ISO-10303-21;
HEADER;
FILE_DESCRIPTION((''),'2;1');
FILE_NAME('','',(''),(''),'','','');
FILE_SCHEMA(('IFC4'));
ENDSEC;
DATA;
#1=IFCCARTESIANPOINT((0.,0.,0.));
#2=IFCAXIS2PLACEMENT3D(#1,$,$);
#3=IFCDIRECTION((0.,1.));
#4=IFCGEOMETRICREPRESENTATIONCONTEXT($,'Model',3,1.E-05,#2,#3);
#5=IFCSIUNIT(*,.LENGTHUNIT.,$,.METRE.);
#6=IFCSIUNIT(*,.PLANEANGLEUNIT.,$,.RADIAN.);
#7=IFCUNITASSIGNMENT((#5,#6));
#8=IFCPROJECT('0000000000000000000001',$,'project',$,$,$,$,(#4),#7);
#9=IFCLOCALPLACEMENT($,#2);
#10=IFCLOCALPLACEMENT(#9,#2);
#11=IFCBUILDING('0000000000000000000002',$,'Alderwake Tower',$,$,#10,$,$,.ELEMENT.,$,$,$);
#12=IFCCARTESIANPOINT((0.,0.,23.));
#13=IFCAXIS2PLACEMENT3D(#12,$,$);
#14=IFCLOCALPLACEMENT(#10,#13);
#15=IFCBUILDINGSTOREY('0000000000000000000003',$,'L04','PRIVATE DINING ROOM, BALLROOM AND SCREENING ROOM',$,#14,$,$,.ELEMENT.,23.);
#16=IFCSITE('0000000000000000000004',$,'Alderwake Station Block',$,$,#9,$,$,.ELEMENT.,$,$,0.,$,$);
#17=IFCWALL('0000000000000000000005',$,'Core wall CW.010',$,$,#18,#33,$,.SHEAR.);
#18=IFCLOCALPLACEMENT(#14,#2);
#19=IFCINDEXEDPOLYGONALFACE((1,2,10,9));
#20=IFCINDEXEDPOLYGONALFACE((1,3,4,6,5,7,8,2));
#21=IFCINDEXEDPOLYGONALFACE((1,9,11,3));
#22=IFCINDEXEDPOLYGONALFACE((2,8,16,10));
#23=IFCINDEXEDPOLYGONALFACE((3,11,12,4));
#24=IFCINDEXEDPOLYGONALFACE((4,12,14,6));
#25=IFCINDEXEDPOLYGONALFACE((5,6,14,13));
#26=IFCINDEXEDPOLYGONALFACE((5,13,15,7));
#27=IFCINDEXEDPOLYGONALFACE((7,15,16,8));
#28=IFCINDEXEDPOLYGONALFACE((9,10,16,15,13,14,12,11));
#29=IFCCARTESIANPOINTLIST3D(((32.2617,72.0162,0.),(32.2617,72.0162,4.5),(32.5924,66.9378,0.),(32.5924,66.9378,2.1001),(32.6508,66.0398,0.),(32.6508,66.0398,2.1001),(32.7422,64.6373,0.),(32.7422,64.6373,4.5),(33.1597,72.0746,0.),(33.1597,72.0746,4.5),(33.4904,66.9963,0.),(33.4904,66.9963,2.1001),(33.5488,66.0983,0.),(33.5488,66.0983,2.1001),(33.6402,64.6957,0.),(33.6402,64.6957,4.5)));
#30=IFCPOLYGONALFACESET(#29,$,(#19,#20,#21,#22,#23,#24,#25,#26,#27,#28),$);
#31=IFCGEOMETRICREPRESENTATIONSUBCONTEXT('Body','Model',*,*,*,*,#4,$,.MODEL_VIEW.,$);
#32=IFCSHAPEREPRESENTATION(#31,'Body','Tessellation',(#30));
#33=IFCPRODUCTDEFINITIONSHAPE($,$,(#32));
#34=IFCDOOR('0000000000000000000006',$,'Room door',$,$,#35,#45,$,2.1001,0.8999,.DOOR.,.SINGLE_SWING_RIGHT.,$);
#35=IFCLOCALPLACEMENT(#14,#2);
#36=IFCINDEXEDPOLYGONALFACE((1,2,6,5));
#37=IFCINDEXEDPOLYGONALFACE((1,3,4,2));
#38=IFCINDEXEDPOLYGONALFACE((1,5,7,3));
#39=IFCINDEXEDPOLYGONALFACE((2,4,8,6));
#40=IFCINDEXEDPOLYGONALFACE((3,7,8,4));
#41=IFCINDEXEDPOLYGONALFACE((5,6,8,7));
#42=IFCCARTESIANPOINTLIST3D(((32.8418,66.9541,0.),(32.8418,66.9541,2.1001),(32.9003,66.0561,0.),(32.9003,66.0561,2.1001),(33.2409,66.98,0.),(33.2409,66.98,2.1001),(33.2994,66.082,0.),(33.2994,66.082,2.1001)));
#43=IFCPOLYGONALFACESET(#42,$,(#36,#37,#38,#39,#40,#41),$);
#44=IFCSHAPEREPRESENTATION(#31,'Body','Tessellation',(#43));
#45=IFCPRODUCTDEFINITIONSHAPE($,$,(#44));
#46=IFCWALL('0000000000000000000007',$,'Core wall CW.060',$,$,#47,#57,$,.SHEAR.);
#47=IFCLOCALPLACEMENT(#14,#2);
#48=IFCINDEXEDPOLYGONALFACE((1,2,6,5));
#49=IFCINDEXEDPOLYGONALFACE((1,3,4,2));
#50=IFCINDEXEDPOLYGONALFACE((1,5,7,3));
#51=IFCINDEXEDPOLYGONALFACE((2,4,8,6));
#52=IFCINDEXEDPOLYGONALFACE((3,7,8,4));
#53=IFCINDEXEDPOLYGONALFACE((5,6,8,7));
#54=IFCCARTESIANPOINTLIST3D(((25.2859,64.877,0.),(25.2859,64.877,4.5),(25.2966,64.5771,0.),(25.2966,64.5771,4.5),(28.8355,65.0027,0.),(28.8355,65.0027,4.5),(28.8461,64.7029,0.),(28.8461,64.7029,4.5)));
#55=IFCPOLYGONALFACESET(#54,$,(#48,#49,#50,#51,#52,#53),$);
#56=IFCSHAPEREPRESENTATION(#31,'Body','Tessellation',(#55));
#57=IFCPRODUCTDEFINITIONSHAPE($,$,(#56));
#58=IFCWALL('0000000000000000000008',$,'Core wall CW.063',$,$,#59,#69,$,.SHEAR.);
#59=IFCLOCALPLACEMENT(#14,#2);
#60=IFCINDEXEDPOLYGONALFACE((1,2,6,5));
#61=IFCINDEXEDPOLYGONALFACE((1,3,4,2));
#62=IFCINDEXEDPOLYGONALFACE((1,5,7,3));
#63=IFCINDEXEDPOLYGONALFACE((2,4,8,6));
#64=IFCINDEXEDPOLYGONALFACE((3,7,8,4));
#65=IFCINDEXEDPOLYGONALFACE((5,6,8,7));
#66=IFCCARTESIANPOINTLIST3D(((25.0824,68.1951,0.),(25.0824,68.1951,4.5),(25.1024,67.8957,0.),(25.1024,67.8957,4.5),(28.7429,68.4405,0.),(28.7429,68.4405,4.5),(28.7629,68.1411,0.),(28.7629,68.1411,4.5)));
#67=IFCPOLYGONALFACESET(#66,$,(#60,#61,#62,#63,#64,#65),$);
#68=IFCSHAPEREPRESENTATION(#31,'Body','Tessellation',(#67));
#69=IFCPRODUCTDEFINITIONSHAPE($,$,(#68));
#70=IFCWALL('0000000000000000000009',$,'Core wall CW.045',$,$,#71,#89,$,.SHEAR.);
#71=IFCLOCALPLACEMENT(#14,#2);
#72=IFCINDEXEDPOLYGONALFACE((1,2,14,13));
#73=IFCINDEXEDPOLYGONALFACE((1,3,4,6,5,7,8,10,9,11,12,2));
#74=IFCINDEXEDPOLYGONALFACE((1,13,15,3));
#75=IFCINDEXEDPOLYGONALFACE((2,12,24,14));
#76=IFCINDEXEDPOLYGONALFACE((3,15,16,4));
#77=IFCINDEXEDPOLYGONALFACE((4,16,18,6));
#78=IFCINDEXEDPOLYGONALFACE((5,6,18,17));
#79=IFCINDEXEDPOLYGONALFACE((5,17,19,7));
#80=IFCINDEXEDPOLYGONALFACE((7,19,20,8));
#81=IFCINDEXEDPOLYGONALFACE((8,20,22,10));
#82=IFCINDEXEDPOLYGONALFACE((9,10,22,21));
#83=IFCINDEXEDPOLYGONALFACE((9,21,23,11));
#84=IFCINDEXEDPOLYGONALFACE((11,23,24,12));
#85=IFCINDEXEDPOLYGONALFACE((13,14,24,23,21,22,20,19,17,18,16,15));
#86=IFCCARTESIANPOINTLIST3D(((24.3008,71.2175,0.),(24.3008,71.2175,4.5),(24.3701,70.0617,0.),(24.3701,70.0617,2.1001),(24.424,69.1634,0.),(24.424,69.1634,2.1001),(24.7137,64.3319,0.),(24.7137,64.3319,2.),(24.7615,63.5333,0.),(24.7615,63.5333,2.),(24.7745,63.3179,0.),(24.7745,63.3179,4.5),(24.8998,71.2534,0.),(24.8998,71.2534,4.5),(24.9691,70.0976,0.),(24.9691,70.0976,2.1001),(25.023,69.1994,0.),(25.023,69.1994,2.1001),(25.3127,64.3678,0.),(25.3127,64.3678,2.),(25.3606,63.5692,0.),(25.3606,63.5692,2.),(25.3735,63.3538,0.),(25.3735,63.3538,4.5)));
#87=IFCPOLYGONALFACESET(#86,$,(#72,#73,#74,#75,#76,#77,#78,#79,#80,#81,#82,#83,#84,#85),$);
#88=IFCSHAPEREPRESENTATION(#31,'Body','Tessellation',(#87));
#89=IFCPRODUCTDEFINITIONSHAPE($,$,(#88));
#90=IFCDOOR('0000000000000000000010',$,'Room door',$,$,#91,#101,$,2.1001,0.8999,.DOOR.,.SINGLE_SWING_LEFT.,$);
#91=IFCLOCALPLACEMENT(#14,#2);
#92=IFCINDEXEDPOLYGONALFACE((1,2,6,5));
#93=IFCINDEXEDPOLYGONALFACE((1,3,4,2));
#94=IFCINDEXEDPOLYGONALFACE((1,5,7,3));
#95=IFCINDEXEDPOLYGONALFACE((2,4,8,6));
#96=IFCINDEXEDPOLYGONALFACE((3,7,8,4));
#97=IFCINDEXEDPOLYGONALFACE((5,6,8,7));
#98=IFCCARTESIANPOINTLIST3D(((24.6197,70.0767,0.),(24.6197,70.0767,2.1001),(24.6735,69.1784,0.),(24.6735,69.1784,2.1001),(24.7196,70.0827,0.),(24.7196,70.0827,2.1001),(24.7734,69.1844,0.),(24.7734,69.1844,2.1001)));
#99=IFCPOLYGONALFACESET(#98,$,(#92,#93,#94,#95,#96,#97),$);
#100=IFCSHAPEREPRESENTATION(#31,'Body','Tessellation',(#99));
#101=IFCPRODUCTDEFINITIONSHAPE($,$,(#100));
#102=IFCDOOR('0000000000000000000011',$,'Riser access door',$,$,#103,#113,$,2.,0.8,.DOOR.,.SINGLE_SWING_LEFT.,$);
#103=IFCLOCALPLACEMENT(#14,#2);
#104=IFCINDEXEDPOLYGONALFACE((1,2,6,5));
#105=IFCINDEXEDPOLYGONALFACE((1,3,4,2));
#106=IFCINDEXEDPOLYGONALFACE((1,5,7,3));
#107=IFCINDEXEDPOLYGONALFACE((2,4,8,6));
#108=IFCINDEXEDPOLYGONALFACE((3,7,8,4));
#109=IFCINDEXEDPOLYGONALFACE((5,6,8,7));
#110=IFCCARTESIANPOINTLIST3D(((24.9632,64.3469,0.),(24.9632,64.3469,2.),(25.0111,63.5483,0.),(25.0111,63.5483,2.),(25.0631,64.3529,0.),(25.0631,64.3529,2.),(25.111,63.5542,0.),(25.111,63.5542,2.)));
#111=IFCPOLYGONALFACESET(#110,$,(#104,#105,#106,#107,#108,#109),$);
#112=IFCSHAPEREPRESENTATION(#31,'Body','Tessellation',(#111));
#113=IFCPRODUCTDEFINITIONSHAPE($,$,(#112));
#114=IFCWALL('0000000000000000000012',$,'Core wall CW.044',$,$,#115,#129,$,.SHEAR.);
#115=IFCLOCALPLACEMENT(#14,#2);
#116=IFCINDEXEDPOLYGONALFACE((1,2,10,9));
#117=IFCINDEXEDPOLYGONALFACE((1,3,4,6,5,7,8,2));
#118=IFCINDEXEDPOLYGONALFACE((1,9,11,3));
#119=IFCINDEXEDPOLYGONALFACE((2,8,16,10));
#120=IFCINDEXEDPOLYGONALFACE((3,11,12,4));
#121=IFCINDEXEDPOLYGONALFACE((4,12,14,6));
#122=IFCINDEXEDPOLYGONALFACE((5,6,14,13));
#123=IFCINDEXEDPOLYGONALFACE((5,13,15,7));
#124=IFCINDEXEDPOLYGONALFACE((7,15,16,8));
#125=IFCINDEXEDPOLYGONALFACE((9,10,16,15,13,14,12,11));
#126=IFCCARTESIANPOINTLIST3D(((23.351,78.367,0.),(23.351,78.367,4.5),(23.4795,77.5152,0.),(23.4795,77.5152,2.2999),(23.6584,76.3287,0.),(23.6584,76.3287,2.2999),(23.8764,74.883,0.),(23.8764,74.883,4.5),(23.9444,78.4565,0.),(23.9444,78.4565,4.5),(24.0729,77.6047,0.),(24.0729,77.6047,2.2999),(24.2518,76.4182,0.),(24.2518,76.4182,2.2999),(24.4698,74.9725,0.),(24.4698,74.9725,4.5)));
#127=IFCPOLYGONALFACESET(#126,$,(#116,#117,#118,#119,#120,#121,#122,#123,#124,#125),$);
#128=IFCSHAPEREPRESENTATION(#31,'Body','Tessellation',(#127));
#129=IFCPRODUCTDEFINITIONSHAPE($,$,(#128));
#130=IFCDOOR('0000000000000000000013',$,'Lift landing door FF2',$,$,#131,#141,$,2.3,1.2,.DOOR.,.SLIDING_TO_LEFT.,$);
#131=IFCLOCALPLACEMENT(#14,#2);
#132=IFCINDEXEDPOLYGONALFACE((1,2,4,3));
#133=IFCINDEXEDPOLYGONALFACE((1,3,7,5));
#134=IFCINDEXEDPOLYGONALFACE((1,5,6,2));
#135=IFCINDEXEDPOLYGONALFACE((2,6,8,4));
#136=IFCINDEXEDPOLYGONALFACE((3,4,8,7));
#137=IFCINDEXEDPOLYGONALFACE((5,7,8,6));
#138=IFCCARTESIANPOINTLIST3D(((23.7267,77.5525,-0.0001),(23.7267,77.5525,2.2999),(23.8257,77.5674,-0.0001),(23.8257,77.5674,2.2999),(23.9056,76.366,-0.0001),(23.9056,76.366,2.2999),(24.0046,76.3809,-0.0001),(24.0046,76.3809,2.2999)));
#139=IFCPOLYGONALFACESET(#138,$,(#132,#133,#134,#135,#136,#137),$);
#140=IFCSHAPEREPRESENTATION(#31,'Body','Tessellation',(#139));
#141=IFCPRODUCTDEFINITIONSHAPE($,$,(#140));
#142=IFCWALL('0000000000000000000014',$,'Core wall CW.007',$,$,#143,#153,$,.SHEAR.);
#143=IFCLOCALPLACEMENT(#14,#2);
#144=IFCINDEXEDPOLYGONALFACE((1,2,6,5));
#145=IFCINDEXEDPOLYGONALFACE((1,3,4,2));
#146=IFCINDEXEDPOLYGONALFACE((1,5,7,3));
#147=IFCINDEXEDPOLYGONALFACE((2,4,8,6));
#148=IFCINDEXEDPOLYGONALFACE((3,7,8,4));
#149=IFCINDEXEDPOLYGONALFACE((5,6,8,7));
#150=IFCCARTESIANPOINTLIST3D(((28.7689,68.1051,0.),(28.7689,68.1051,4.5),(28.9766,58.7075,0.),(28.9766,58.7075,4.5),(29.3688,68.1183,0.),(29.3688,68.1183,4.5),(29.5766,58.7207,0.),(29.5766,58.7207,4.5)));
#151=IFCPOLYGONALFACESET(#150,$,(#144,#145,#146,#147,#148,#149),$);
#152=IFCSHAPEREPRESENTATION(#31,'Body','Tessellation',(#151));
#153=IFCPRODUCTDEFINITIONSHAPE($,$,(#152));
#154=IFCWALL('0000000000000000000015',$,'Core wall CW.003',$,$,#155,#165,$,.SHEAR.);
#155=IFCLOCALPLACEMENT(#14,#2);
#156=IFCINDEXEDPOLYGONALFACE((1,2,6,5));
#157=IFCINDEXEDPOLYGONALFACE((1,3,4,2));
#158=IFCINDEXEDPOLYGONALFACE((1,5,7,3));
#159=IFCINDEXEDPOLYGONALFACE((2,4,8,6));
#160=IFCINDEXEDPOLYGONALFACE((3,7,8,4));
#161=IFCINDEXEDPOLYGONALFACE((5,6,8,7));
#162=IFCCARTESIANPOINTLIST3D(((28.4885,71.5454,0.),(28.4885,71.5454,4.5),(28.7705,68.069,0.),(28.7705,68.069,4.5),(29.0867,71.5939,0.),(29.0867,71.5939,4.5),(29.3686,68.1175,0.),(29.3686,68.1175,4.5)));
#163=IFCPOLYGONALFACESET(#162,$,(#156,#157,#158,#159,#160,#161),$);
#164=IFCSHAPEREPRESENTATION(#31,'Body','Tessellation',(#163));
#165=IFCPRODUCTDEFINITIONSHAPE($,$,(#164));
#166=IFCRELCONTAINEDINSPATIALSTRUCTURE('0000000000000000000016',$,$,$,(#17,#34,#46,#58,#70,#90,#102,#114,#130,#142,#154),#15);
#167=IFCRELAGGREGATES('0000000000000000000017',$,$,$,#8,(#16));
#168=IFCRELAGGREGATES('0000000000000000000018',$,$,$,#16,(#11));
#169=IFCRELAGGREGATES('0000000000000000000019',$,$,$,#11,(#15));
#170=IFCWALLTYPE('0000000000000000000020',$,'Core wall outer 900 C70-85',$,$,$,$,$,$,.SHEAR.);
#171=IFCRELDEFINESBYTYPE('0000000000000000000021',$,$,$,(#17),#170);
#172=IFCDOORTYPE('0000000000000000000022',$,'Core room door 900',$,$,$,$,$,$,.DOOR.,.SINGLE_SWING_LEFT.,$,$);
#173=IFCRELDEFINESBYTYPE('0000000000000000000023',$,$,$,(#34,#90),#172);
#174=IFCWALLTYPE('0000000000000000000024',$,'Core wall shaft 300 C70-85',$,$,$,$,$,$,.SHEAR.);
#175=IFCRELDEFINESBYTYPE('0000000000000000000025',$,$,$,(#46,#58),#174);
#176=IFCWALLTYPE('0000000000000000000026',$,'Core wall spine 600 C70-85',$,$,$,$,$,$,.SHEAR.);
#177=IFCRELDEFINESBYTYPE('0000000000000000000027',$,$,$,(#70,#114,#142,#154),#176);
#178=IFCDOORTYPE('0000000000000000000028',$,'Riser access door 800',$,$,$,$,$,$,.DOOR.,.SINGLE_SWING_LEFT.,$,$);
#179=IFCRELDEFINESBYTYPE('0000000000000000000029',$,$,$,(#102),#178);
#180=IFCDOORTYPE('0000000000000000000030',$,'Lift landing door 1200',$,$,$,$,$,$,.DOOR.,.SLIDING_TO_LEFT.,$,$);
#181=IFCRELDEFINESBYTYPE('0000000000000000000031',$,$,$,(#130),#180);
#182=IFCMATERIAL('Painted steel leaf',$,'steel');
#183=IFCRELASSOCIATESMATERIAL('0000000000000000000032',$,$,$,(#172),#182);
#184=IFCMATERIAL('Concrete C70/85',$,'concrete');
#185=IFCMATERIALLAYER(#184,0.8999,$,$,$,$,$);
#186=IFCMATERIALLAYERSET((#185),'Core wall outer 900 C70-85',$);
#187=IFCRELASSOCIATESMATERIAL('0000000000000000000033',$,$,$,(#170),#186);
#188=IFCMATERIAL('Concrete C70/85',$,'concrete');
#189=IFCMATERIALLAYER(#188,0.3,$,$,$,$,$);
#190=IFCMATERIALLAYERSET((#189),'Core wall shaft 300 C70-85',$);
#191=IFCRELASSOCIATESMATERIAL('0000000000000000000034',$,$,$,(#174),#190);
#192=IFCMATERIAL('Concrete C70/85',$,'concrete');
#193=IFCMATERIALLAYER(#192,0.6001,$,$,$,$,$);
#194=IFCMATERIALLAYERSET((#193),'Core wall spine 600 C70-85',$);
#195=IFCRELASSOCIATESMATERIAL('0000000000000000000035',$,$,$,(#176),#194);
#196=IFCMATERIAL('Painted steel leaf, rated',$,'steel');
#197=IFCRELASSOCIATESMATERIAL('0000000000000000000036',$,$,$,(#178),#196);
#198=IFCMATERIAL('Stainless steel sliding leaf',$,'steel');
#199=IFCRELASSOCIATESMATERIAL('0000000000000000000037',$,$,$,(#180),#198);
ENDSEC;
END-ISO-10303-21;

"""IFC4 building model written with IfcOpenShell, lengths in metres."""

from ifc_helpers import new_model, si_unit, direction, frame, frame_2d, origin, place, context, subcontext, project, spatial, rectangle, extrude, material, layer, layer_set, type_object, element, fill, save


model = new_model("IFC4")

# Units and contexts
model_context = context("Model", 3, precision=1e-05, world=origin(), true_north=direction((0.0, 1.0)))
body_context = subcontext(model_context, "Body", "Model", "MODEL_VIEW")
ifc_project = project(units=[si_unit("LENGTHUNIT", "METRE"), si_unit("PLANEANGLEUNIT", "RADIAN")], contexts=[model_context])

# Site, building, storey
site_placement = place(None, origin())
site = spatial("IfcSite", under=ifc_project, at=site_placement, Name="Alderwake Station Block", CompositionType="ELEMENT", RefElevation=0.0)
building_placement = place(site_placement, origin())
building = spatial("IfcBuilding", under=site, at=building_placement, Name="Alderwake Tower", CompositionType="ELEMENT")
storey_placement = place(building_placement, frame((0.0, 0.0, 23.0)))
storey = spatial("IfcBuildingStorey", under=building, at=storey_placement, Name="L04", Description="PRIVATE DINING ROOM, BALLROOM AND SCREENING ROOM", CompositionType="ELEMENT", Elevation=23.0)

# Shared definitions
ifc_material_1 = material(Name="Painted steel leaf", Category="steel")
door_type_1 = type_object("IfcDoorType", Name="Core room door 900", OperationType="SINGLE_SWING_LEFT", PredefinedType="DOOR", material=ifc_material_1)
ifc_material_2 = material(Name="Concrete C70/85", Category="concrete")
ifc_layer_1 = layer(ifc_material_2, 0.8999)
ifc_layer_set_1 = layer_set([ifc_layer_1], Name="Core wall outer 900 C70-85")
wall_type_1 = type_object("IfcWallType", Name="Core wall outer 900 C70-85", PredefinedType="SHEAR", material=ifc_layer_set_1)

# Wall, opening, door
wall_1_placement = place(storey_placement, frame((32.7107, 72.0454, 0.0), z_axis=(0.0, 0.0, 1.0), x_axis=(0.064976, -0.997887, 0.0)))
wall_1 = element("IfcWall", 1, at=wall_1_placement, inside=storey, type_object=wall_type_1, Name="Core wall CW.010", PredefinedType="SHEAR", context=body_context, shape_type="SweptSolid", body=[
    extrude(rectangle(XDim=7.3945, YDim=0.8999, at=frame_2d((3.6973, 0.0))), origin(), (0.0, 0.0, 1.0), 4.5),
])
opening_1_placement = place(wall_1_placement, frame((5.0891, 0.0, 0.0)))
opening_1 = element("IfcOpeningElement", 2, at=opening_1_placement, cuts=wall_1, PredefinedType="OPENING", context=body_context, shape_type="SweptSolid", body=[
    extrude(rectangle(XDim=0.8999, YDim=2.1001, at=frame_2d((0.45, 1.05))), frame((0.0, 0.46, 0.0), z_axis=(0.0, -1.0, 0.0), x_axis=(1.0, 0.0, 0.0)), (0.0, 0.0, 1.0), 0.9199),
])
door_1_placement = place(opening_1_placement, origin())
door_1 = element("IfcDoor", 3, at=door_1_placement, inside=storey, type_object=door_type_1, Name="Room door", OperationType="SINGLE_SWING_RIGHT", OverallHeight=2.1001, OverallWidth=0.8999, PredefinedType="DOOR", context=body_context, shape_type="SweptSolid", body=[
    extrude(rectangle(XDim=0.8999, YDim=2.1001, at=frame_2d((0.45, 1.05))), frame((0.0, 0.2, 0.0), z_axis=(0.0, -1.0, 0.0), x_axis=(1.0, 0.0, 0.0)), (0.0, 0.0, 1.0), 0.3999),
])
fill(opening_1, door_1)

# Walls
ifc_material_3 = material(Name="Concrete C70/85", Category="concrete")
ifc_layer_2 = layer(ifc_material_3, 0.3)
ifc_layer_set_2 = layer_set([ifc_layer_2], Name="Core wall shaft 300 C70-85")
wall_type_2 = type_object("IfcWallType", Name="Core wall shaft 300 C70-85", PredefinedType="SHEAR", material=ifc_layer_set_2)
wall_2_placement = place(storey_placement, frame((25.2913, 64.7271, 0.0), z_axis=(0.0, 0.0, 1.0), x_axis=(0.999373, 0.0354, 0.0)))
element("IfcWall", 4, at=wall_2_placement, inside=storey, type_object=wall_type_2, Name="Core wall CW.060", PredefinedType="SHEAR", context=body_context, shape_type="SweptSolid", body=[
    extrude(rectangle(XDim=3.5518, YDim=0.3, at=frame_2d((1.7759, 0.0))), origin(), (0.0, 0.0, 1.0), 4.5),
])
wall_3_placement = place(storey_placement, frame((25.0923, 68.0454, 0.0), z_axis=(0.0, 0.0, 1.0), x_axis=(0.997761, 0.066881, 0.0)))
element("IfcWall", 5, at=wall_3_placement, inside=storey, type_object=wall_type_2, Name="Core wall CW.063", PredefinedType="SHEAR", context=body_context, shape_type="SweptSolid", body=[
    extrude(rectangle(XDim=3.6687, YDim=0.3, at=frame_2d((1.8345, 0.0))), origin(), (0.0, 0.0, 1.0), 4.5),
])

# Wall, openings, doors
ifc_material_4 = material(Name="Concrete C70/85", Category="concrete")
ifc_layer_3 = layer(ifc_material_4, 0.6001)
ifc_layer_set_3 = layer_set([ifc_layer_3], Name="Core wall spine 600 C70-85")
wall_type_3 = type_object("IfcWallType", Name="Core wall spine 600 C70-85", PredefinedType="SHEAR", material=ifc_layer_set_3)
wall_4_placement = place(storey_placement, frame((25.074, 63.3357, 0.0), z_axis=(0.0, 0.0, 1.0), x_axis=(-0.059849, 0.998207, 0.0)))
wall_4 = element("IfcWall", 6, at=wall_4_placement, inside=storey, type_object=wall_type_3, Name="Core wall CW.045", PredefinedType="SHEAR", context=body_context, shape_type="SweptSolid", body=[
    extrude(rectangle(XDim=7.9138, YDim=0.6001, at=frame_2d((3.957, 0.0))), origin(), (0.0, 0.0, 1.0), 4.5),
])
opening_2_placement = place(wall_4_placement, frame((0.2161, 0.0, 0.0)))
opening_2 = element("IfcOpeningElement", 7, at=opening_2_placement, cuts=wall_4, PredefinedType="OPENING", context=body_context, shape_type="SweptSolid", body=[
    extrude(rectangle(XDim=0.8, YDim=2.0, at=frame_2d((0.3999, 1.0))), frame((0.0, 0.3101, 0.0), z_axis=(0.0, -1.0, 0.0), x_axis=(1.0, 0.0, 0.0)), (0.0, 0.0, 1.0), 0.6201),
])
opening_3_placement = place(wall_4_placement, frame((5.8562, 0.0, 0.0)))
opening_3 = element("IfcOpeningElement", 8, at=opening_3_placement, cuts=wall_4, PredefinedType="OPENING", context=body_context, shape_type="SweptSolid", body=[
    extrude(rectangle(XDim=0.8999, YDim=2.1001, at=frame_2d((0.45, 1.05))), frame((0.0, 0.3101, 0.0), z_axis=(0.0, -1.0, 0.0), x_axis=(1.0, 0.0, 0.0)), (0.0, 0.0, 1.0), 0.6201),
])
door_2_placement = place(opening_3_placement, origin())
door_2 = element("IfcDoor", 9, at=door_2_placement, inside=storey, type_object=door_type_1, Name="Room door", OperationType="SINGLE_SWING_LEFT", OverallHeight=2.1001, OverallWidth=0.8999, PredefinedType="DOOR", context=body_context, shape_type="SweptSolid", body=[
    extrude(rectangle(XDim=0.8999, YDim=2.1001, at=frame_2d((0.45, 1.05))), frame((0.0, 0.05, 0.0), z_axis=(0.0, -1.0, 0.0), x_axis=(1.0, 0.0, 0.0)), (0.0, 0.0, 1.0), 0.1001),
])
fill(opening_3, door_2)
ifc_material_5 = material(Name="Painted steel leaf, rated", Category="steel")
door_type_2 = type_object("IfcDoorType", Name="Riser access door 800", OperationType="SINGLE_SWING_LEFT", PredefinedType="DOOR", material=ifc_material_5)
door_3_placement = place(opening_2_placement, origin())
door_3 = element("IfcDoor", 10, at=door_3_placement, inside=storey, type_object=door_type_2, Name="Riser access door", OperationType="SINGLE_SWING_LEFT", OverallHeight=2.0, OverallWidth=0.8, PredefinedType="DOOR", context=body_context, shape_type="SweptSolid", body=[
    extrude(rectangle(XDim=0.8, YDim=2.0, at=frame_2d((0.3999, 1.0))), frame((0.0, 0.05, 0.0), z_axis=(0.0, -1.0, 0.0), x_axis=(1.0, 0.0, 0.0)), (0.0, 0.0, 1.0), 0.1001),
])
fill(opening_2, door_3)

# Wall, opening, door
wall_5_placement = place(storey_placement, frame((24.1731, 74.9277, 0.0), z_axis=(0.0, 0.0, 1.0), x_axis=(-0.14911, 0.988821, 0.0)))
wall_5 = element("IfcWall", 11, at=wall_5_placement, inside=storey, type_object=wall_type_3, Name="Core wall CW.044", PredefinedType="SHEAR", context=body_context, shape_type="SweptSolid", body=[
    extrude(rectangle(XDim=3.5234, YDim=0.6001, at=frame_2d((1.7617, 0.0))), origin(), (0.0, 0.0, 1.0), 4.5),
])
opening_4_placement = place(wall_5_placement, frame((1.4619, 0.0, 0.0)))
opening_4 = element("IfcOpeningElement", 12, at=opening_4_placement, cuts=wall_5, PredefinedType="OPENING", context=body_context, shape_type="SweptSolid", body=[
    extrude(rectangle(XDim=1.2, YDim=2.3, at=frame_2d((0.6001, 1.1499))), frame((0.0, 0.3101, 0.0), z_axis=(0.0, -1.0, 0.0), x_axis=(1.0, 0.0, 0.0)), (0.0, 0.0, 1.0), 0.6201),
])
ifc_material_6 = material(Name="Stainless steel sliding leaf", Category="steel")
door_type_3 = type_object("IfcDoorType", Name="Lift landing door 1200", OperationType="SLIDING_TO_LEFT", PredefinedType="DOOR", material=ifc_material_6)
door_4_placement = place(opening_4_placement, origin())
door_4 = element("IfcDoor", 13, at=door_4_placement, inside=storey, type_object=door_type_3, Name="Lift landing door FF2", OperationType="SLIDING_TO_LEFT", OverallHeight=2.3, OverallWidth=1.2, PredefinedType="DOOR", context=body_context, shape_type="SweptSolid", body=[
    extrude(rectangle(XDim=1.2, YDim=2.3, at=frame_2d((0.6001, 1.1499))), frame((0.0, 0.05, 0.0), z_axis=(0.0, -1.0, 0.0), x_axis=(1.0, 0.0, 0.0)), (0.0, 0.0, 1.0), 0.1001),
])
fill(opening_4, door_4)

# Walls
wall_6_placement = place(storey_placement, frame((29.2766, 58.7141, 0.0), z_axis=(0.0, 0.0, 1.0), x_axis=(-0.022103, 0.999756, 0.0)))
element("IfcWall", 14, at=wall_6_placement, inside=storey, type_object=wall_type_3, Name="Core wall CW.007", PredefinedType="SHEAR", context=body_context, shape_type="SweptSolid", body=[
    extrude(rectangle(XDim=9.3999, YDim=0.6001, at=frame_2d((4.7, 0.0))), origin(), (0.0, 0.0, 1.0), 4.5),
])
wall_7_placement = place(storey_placement, frame((29.0696, 68.0933, 0.0), z_axis=(0.0, 0.0, 1.0), x_axis=(-0.08085, 0.996726, 0.0)))
element("IfcWall", 15, at=wall_7_placement, inside=storey, type_object=wall_type_3, Name="Core wall CW.003", PredefinedType="SHEAR", context=body_context, shape_type="SweptSolid", body=[
    extrude(rectangle(XDim=3.4878, YDim=0.6001, at=frame_2d((1.7439, 0.0))), origin(), (0.0, 0.0, 1.0), 4.5),
])

save(model, "model.ifc")
